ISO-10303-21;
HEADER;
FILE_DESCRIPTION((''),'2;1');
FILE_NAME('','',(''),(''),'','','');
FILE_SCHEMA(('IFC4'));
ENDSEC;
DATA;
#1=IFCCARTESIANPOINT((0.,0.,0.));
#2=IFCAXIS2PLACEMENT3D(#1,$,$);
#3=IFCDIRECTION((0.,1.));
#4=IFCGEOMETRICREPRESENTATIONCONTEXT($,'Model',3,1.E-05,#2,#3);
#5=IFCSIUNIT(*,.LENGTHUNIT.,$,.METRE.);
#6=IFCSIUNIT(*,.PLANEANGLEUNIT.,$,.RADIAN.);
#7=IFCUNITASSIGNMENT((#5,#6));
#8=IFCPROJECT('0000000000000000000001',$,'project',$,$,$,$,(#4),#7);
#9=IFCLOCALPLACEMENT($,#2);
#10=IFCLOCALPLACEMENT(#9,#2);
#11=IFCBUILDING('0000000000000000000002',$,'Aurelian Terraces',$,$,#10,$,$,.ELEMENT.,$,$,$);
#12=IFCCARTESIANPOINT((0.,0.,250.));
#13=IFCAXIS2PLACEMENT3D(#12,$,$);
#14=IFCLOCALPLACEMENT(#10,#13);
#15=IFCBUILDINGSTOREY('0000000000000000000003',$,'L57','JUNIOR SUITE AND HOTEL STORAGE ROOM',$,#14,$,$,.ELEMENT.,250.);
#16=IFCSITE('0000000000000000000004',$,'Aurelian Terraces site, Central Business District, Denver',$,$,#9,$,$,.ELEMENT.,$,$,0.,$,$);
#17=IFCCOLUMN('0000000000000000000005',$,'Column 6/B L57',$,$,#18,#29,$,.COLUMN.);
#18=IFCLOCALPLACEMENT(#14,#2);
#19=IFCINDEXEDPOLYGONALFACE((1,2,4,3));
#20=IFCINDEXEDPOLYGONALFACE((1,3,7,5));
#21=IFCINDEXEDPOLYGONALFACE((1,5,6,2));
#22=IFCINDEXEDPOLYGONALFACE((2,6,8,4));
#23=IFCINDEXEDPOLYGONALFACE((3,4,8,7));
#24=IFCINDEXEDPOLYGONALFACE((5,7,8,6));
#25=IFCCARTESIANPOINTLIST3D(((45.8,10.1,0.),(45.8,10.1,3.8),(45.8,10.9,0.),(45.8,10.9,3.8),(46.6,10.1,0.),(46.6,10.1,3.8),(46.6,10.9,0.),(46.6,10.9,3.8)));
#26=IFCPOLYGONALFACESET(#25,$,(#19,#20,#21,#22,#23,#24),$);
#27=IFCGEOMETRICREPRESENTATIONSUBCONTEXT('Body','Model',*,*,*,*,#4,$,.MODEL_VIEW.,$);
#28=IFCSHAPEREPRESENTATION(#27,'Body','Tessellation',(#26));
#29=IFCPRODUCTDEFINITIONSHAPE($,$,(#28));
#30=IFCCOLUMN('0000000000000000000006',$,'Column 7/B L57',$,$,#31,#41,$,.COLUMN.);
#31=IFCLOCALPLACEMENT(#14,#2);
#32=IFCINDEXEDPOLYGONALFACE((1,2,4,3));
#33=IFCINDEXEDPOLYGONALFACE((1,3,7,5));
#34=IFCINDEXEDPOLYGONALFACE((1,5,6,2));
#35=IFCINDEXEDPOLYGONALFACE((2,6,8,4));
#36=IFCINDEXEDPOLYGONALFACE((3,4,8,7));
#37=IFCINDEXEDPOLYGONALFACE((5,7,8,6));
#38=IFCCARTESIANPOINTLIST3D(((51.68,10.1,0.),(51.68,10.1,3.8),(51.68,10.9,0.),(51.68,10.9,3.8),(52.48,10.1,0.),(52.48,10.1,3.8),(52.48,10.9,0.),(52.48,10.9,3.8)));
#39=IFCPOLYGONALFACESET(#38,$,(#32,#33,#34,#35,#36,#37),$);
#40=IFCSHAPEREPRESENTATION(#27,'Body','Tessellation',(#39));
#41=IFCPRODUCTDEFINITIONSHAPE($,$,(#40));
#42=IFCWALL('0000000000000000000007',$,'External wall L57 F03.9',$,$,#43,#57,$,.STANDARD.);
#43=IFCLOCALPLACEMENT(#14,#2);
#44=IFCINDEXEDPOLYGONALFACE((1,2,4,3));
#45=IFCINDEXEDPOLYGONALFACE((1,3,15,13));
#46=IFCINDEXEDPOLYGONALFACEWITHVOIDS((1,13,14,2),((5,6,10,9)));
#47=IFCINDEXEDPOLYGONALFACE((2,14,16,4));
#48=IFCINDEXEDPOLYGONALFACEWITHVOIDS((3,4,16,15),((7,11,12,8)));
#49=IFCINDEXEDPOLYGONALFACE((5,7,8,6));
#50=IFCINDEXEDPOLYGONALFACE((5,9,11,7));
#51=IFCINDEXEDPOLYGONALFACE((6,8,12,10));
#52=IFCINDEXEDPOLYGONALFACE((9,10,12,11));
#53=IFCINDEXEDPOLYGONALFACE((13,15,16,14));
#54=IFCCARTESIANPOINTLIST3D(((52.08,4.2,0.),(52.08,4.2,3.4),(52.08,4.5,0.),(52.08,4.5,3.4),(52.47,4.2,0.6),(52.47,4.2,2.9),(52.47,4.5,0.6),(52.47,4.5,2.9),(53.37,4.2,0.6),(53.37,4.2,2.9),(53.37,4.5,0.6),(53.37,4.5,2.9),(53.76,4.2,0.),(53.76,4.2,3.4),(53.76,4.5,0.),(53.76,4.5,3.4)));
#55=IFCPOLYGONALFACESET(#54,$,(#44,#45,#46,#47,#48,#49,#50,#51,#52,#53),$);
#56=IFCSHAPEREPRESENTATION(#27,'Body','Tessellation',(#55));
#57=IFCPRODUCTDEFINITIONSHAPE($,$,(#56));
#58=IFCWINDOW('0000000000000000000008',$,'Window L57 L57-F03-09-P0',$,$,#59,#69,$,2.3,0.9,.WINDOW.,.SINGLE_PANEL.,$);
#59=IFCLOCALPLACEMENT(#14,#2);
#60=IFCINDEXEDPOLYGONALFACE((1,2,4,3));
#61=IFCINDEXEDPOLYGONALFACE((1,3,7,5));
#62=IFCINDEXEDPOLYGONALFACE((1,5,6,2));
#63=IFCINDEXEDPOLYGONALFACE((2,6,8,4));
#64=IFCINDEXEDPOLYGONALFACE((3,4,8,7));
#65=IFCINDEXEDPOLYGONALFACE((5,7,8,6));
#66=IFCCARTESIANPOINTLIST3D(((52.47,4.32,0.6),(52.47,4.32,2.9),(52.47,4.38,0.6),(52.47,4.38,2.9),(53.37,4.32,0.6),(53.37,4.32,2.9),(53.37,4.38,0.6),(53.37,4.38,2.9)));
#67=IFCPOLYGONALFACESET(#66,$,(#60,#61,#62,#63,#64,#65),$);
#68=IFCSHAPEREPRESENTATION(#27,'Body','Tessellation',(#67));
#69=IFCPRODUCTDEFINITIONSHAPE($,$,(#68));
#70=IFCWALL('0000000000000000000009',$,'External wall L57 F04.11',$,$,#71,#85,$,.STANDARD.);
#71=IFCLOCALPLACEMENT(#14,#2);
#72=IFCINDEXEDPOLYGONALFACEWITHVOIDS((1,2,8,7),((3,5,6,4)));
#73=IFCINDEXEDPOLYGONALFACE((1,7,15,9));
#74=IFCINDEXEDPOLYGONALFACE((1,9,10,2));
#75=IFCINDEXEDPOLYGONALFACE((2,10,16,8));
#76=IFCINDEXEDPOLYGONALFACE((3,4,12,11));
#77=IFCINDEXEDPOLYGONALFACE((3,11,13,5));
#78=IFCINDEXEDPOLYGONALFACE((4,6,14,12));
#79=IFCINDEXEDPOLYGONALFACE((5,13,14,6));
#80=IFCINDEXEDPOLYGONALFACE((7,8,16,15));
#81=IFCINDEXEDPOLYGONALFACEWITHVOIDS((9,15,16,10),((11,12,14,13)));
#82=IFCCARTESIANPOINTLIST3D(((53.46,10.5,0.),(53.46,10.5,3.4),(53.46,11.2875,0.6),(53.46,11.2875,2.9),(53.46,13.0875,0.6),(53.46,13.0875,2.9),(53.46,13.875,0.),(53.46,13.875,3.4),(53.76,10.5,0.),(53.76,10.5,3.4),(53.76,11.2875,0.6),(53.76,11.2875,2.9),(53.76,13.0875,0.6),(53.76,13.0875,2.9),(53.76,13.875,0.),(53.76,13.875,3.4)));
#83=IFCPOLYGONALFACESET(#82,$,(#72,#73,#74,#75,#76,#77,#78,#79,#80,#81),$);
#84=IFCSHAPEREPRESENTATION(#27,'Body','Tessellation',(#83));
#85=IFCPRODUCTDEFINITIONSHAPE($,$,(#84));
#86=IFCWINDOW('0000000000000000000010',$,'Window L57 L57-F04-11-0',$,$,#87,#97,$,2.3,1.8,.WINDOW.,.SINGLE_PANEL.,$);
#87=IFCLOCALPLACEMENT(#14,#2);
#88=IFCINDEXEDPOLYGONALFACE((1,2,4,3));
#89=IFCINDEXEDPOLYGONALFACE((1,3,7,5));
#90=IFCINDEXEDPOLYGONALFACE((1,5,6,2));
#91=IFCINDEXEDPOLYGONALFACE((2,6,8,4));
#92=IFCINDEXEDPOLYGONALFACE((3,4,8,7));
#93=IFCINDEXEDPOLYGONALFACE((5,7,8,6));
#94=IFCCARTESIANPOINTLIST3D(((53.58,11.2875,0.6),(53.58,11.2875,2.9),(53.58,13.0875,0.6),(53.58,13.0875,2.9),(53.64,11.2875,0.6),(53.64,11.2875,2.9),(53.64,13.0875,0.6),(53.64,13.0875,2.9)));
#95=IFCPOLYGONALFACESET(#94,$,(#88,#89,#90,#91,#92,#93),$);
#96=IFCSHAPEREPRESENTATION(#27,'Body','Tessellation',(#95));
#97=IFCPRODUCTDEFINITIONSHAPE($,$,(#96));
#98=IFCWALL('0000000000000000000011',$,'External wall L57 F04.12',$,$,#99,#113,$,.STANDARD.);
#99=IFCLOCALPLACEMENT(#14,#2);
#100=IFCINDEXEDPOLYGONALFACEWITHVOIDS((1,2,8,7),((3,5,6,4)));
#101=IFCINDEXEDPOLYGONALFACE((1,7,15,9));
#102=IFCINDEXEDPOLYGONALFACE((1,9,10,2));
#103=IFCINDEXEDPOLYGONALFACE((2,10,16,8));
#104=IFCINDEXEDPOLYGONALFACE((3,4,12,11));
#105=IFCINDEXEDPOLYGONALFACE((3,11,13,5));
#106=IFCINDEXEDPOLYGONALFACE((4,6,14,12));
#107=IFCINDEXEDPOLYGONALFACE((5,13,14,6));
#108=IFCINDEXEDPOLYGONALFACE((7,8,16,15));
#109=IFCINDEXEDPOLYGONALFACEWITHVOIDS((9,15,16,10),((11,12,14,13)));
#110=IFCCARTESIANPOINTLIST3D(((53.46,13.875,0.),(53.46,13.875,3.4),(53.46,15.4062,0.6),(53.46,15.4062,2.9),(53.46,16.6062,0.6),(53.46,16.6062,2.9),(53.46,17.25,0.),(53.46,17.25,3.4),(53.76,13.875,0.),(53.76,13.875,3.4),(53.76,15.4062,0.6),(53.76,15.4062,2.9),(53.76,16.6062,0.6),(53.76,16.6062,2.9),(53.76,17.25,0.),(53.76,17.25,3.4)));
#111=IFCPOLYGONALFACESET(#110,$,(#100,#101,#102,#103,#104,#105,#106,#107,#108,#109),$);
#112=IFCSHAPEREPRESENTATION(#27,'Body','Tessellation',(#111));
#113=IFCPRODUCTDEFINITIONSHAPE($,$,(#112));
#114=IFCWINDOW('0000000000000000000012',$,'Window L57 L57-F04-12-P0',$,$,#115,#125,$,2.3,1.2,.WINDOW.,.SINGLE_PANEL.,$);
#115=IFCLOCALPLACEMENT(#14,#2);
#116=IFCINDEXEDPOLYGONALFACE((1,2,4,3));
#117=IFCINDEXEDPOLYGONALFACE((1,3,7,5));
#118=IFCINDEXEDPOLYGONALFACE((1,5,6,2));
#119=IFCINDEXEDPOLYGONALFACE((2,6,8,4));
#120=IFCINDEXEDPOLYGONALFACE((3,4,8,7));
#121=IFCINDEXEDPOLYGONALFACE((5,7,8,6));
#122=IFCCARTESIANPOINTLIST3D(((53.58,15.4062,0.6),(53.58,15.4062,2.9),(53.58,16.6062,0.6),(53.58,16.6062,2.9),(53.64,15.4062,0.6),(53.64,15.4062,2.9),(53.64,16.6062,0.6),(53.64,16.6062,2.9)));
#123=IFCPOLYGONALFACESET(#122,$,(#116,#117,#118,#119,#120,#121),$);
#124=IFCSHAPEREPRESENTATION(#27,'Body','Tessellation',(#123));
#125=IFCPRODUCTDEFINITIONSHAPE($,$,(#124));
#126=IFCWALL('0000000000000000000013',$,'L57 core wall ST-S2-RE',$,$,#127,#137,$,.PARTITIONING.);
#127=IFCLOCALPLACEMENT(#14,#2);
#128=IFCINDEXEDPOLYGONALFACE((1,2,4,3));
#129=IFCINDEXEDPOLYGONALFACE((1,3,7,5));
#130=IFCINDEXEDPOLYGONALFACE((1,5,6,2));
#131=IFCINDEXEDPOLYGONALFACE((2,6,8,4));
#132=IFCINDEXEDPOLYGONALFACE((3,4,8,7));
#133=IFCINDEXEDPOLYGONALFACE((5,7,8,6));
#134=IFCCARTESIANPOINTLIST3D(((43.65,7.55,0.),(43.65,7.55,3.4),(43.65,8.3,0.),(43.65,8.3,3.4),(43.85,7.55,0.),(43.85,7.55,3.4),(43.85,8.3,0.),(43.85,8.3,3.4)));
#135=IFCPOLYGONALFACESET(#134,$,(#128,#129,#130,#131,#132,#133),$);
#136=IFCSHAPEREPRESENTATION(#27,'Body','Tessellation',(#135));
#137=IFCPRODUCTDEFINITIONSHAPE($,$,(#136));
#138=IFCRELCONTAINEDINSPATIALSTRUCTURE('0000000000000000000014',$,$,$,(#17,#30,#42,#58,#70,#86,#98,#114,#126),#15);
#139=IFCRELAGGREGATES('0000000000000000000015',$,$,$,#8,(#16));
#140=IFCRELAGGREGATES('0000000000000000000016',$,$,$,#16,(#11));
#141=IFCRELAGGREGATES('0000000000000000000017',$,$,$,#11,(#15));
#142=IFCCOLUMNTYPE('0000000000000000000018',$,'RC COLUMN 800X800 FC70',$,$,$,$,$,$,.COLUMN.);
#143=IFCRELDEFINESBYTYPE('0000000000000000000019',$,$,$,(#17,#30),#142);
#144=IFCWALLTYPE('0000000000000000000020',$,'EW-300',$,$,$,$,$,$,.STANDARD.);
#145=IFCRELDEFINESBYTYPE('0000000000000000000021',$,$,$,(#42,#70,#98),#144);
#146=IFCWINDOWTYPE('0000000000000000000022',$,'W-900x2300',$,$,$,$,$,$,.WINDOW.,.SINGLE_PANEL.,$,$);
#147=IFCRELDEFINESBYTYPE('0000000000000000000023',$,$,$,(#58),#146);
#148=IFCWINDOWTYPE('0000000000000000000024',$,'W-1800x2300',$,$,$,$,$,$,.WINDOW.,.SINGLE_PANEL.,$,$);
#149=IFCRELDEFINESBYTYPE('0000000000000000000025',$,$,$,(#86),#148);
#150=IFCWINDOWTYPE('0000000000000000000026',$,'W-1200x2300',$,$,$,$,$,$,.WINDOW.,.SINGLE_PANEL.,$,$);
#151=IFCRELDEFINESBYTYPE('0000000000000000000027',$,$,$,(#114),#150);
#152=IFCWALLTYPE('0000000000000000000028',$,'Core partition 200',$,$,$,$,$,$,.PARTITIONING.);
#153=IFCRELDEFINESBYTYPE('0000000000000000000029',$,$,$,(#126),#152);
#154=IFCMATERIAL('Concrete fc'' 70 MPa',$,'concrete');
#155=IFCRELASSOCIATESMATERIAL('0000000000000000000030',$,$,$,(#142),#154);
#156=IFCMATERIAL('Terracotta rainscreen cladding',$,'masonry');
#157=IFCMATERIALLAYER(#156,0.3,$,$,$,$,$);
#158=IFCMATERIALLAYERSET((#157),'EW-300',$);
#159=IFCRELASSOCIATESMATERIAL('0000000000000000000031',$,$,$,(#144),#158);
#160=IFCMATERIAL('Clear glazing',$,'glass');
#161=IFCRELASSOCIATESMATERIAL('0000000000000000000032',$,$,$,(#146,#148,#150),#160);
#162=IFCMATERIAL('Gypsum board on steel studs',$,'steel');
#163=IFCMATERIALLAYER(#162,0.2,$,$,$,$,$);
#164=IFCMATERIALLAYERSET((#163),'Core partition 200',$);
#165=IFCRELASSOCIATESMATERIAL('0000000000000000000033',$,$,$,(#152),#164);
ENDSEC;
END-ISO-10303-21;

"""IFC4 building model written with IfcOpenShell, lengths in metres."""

from ifc_helpers import new_model, si_unit, direction, frame, frame_2d, origin, origin_2d, place, context, subcontext, project, spatial, rectangle, extrude, source, transform, mapped, material, layer, layer_set, material_profile, profile_set, type_object, element, fill, save


model = new_model("IFC4")

# Units and contexts
model_context = context("Model", 3, precision=1e-05, world=origin(), true_north=direction((0.0, 1.0)))
body_context = subcontext(model_context, "Body", "Model", "MODEL_VIEW")
ifc_project = project(units=[si_unit("LENGTHUNIT", "METRE"), si_unit("PLANEANGLEUNIT", "RADIAN")], contexts=[model_context])

# Site, building, storey
site_placement = place(None, origin())
site = spatial("IfcSite", under=ifc_project, at=site_placement, Name="Aurelian Terraces site, Central Business District, Denver", CompositionType="ELEMENT", RefElevation=0.0)
building_placement = place(site_placement, origin())
building = spatial("IfcBuilding", under=site, at=building_placement, Name="Aurelian Terraces", CompositionType="ELEMENT")
storey_placement = place(building_placement, frame((0.0, 0.0, 250.0)))
storey = spatial("IfcBuildingStorey", under=building, at=storey_placement, Name="L57", Description="JUNIOR SUITE AND HOTEL STORAGE ROOM", CompositionType="ELEMENT", Elevation=250.0)

# Columns
ifc_material_1 = material(Name="Concrete fc' 70 MPa", Category="concrete")
ifc_material_profile = material_profile(ifc_material_1, rectangle(XDim=0.8, YDim=0.8, at=origin_2d()))
ifc_profile_set = profile_set([ifc_material_profile], Name="Concrete fc' 70 MPa")
column_type = type_object("IfcColumnType", Name="RC COLUMN 800X800 FC70", PredefinedType="COLUMN", material=ifc_profile_set)
shared_shape_1 = source(origin(), body_context, "Body", "SweptSolid", [
    extrude(rectangle(XDim=0.8, YDim=0.8, at=origin_2d()), origin(), (0.0, 0.0, 1.0), 3.8),
])
for number, where, z_axis, x_axis, name in (
    (1, (46.2, 10.5, 0.0), (0.0, 0.0, 1.0), (1.0, 0.0, 0.0), "Column 6/B L57"),
    (2, (52.08, 10.5, 0.0), (0.0, 0.0, 1.0), (1.0, 0.0, 0.0), "Column 7/B L57"),
):
    element("IfcColumn", number, at=place(storey_placement, frame(where, z_axis=z_axis, x_axis=x_axis)), inside=storey, type_object=column_type, Name=name, PredefinedType="COLUMN", context=body_context, shape_type="MappedRepresentation", body=[
        mapped(shared_shape_1, transform((0.0, 0.0, 0.0), scale=1.0)),
    ])

# Walls, openings, windows
ifc_material_2 = material(Name="Terracotta rainscreen cladding", Category="masonry")
ifc_layer_1 = layer(ifc_material_2, 0.3)
ifc_layer_set_1 = layer_set([ifc_layer_1], Name="EW-300")
wall_type_1 = type_object("IfcWallType", Name="EW-300", PredefinedType="STANDARD", material=ifc_layer_set_1)
shared_shape_2 = source(origin(), body_context, "Body", "SweptSolid", [
    extrude(rectangle(XDim=1.68, YDim=0.3, at=frame_2d((0.84, 0.0))), origin(), (0.0, 0.0, 1.0), 3.4),
])
wall_1_placement = place(storey_placement, frame((52.08, 4.35, 0.0), z_axis=(0.0, 0.0, 1.0), x_axis=(1.0, 0.0, 0.0)))
wall_1 = element("IfcWall", 3, at=wall_1_placement, inside=storey, type_object=wall_type_1, Name="External wall L57 F03.9", PredefinedType="STANDARD", context=body_context, shape_type="MappedRepresentation", body=[
    mapped(shared_shape_2, transform((0.0, 0.0, 0.0), scale=1.0)),
])
shared_shape_3 = source(origin(), body_context, "Body", "SweptSolid", [
    extrude(rectangle(XDim=0.9, YDim=2.3, at=frame_2d((0.45, 1.15))), frame((0.0, 0.16, 0.0), z_axis=(0.0, -1.0, 0.0), x_axis=(1.0, 0.0, 0.0)), (0.0, 0.0, 1.0), 0.32),
])
opening_1_placement = place(wall_1_placement, frame((0.39, 0.0, 0.6)))
opening_1 = element("IfcOpeningElement", 4, at=opening_1_placement, cuts=wall_1, PredefinedType="OPENING", context=body_context, shape_type="MappedRepresentation", body=[
    mapped(shared_shape_3, transform((0.0, 0.0, 0.0), scale=1.0)),
])
ifc_material_3 = material(Name="Clear glazing", Category="glass")
window_type_1 = type_object("IfcWindowType", Name="W-900x2300", PartitioningType="SINGLE_PANEL", PredefinedType="WINDOW", material=ifc_material_3)
shared_shape_4 = source(origin(), body_context, "Body", "SweptSolid", [
    extrude(rectangle(XDim=0.9, YDim=2.3, at=frame_2d((0.45, 1.15))), frame((0.0, 0.03, 0.0), z_axis=(0.0, -1.0, 0.0), x_axis=(1.0, 0.0, 0.0)), (0.0, 0.0, 1.0), 0.06),
])
window_1_placement = place(opening_1_placement, origin())
window_1 = element("IfcWindow", 5, at=window_1_placement, inside=storey, type_object=window_type_1, Name="Window L57 L57-F03-09-P0", OverallHeight=2.3, OverallWidth=0.9, PartitioningType="SINGLE_PANEL", PredefinedType="WINDOW", context=body_context, shape_type="MappedRepresentation", body=[
    mapped(shared_shape_4, transform((0.0, 0.0, 0.0), scale=1.0)),
])
fill(opening_1, window_1)
shared_shape_5 = source(origin(), body_context, "Body", "SweptSolid", [
    extrude(rectangle(XDim=3.375, YDim=0.3, at=frame_2d((1.6875, 0.0))), origin(), (0.0, 0.0, 1.0), 3.4),
])
wall_2_placement = place(storey_placement, frame((53.61, 10.5, 0.0), z_axis=(0.0, 0.0, 1.0), x_axis=(0.0, 1.0, 0.0)))
wall_2 = element("IfcWall", 6, at=wall_2_placement, inside=storey, type_object=wall_type_1, Name="External wall L57 F04.11", PredefinedType="STANDARD", context=body_context, shape_type="MappedRepresentation", body=[
    mapped(shared_shape_5, transform((0.0, 0.0, 0.0), scale=1.0)),
])
shared_shape_6 = source(origin(), body_context, "Body", "SweptSolid", [
    extrude(rectangle(XDim=1.8, YDim=2.3, at=frame_2d((0.9, 1.15))), frame((0.0, 0.16, 0.0), z_axis=(0.0, -1.0, 0.0), x_axis=(1.0, 0.0, 0.0)), (0.0, 0.0, 1.0), 0.32),
])
opening_2_placement = place(wall_2_placement, frame((0.7875, 0.0, 0.6)))
opening_2 = element("IfcOpeningElement", 7, at=opening_2_placement, cuts=wall_2, PredefinedType="OPENING", context=body_context, shape_type="MappedRepresentation", body=[
    mapped(shared_shape_6, transform((0.0, 0.0, 0.0), scale=1.0)),
])
window_type_2 = type_object("IfcWindowType", Name="W-1800x2300", PartitioningType="SINGLE_PANEL", PredefinedType="WINDOW", material=ifc_material_3)
shared_shape_7 = source(origin(), body_context, "Body", "SweptSolid", [
    extrude(rectangle(XDim=1.8, YDim=2.3, at=frame_2d((0.9, 1.15))), frame((0.0, 0.03, 0.0), z_axis=(0.0, -1.0, 0.0), x_axis=(1.0, 0.0, 0.0)), (0.0, 0.0, 1.0), 0.06),
])
window_2_placement = place(opening_2_placement, origin())
window_2 = element("IfcWindow", 8, at=window_2_placement, inside=storey, type_object=window_type_2, Name="Window L57 L57-F04-11-0", OverallHeight=2.3, OverallWidth=1.8, PartitioningType="SINGLE_PANEL", PredefinedType="WINDOW", context=body_context, shape_type="MappedRepresentation", body=[
    mapped(shared_shape_7, transform((0.0, 0.0, 0.0), scale=1.0)),
])
fill(opening_2, window_2)
wall_3_placement = place(storey_placement, frame((53.61, 13.875, 0.0), z_axis=(0.0, 0.0, 1.0), x_axis=(0.0, 1.0, 0.0)))
wall_3 = element("IfcWall", 9, at=wall_3_placement, inside=storey, type_object=wall_type_1, Name="External wall L57 F04.12", PredefinedType="STANDARD", context=body_context, shape_type="MappedRepresentation", body=[
    mapped(shared_shape_5, transform((0.0, 0.0, 0.0), scale=1.0)),
])
shared_shape_8 = source(origin(), body_context, "Body", "SweptSolid", [
    extrude(rectangle(XDim=1.2, YDim=2.3, at=frame_2d((0.6, 1.15))), frame((0.0, 0.16, 0.0), z_axis=(0.0, -1.0, 0.0), x_axis=(1.0, 0.0, 0.0)), (0.0, 0.0, 1.0), 0.32),
])
opening_3_placement = place(wall_3_placement, frame((1.5312, 0.0, 0.6)))
opening_3 = element("IfcOpeningElement", 10, at=opening_3_placement, cuts=wall_3, PredefinedType="OPENING", context=body_context, shape_type="MappedRepresentation", body=[
    mapped(shared_shape_8, transform((0.0, 0.0, 0.0), scale=1.0)),
])
window_type_3 = type_object("IfcWindowType", Name="W-1200x2300", PartitioningType="SINGLE_PANEL", PredefinedType="WINDOW", material=ifc_material_3)
shared_shape_9 = source(origin(), body_context, "Body", "SweptSolid", [
    extrude(rectangle(XDim=1.2, YDim=2.3, at=frame_2d((0.6, 1.15))), frame((0.0, 0.03, 0.0), z_axis=(0.0, -1.0, 0.0), x_axis=(1.0, 0.0, 0.0)), (0.0, 0.0, 1.0), 0.06),
])
window_3_placement = place(opening_3_placement, origin())
window_3 = element("IfcWindow", 11, at=window_3_placement, inside=storey, type_object=window_type_3, Name="Window L57 L57-F04-12-P0", OverallHeight=2.3, OverallWidth=1.2, PartitioningType="SINGLE_PANEL", PredefinedType="WINDOW", context=body_context, shape_type="MappedRepresentation", body=[
    mapped(shared_shape_9, transform((0.0, 0.0, 0.0), scale=1.0)),
])
fill(opening_3, window_3)

# Wall
ifc_material_4 = material(Name="Gypsum board on steel studs", Category="steel")
ifc_layer_2 = layer(ifc_material_4, 0.2)
ifc_layer_set_2 = layer_set([ifc_layer_2], Name="Core partition 200")
wall_type_2 = type_object("IfcWallType", Name="Core partition 200", PredefinedType="PARTITIONING", material=ifc_layer_set_2)
shared_shape_10 = source(origin(), body_context, "Body", "SweptSolid", [
    extrude(rectangle(XDim=0.75, YDim=0.2, at=frame_2d((0.375, 0.0))), origin(), (0.0, 0.0, 1.0), 3.4),
])
wall_4_placement = place(storey_placement, frame((43.75, 7.55, 0.0), z_axis=(0.0, 0.0, 1.0), x_axis=(0.0, 1.0, 0.0)))
element("IfcWall", 12, at=wall_4_placement, inside=storey, type_object=wall_type_2, Name="L57 core wall ST-S2-RE", PredefinedType="PARTITIONING", context=body_context, shape_type="MappedRepresentation", body=[
    mapped(shared_shape_10, transform((0.0, 0.0, 0.0), scale=1.0)),
])

save(model, "model.ifc")
